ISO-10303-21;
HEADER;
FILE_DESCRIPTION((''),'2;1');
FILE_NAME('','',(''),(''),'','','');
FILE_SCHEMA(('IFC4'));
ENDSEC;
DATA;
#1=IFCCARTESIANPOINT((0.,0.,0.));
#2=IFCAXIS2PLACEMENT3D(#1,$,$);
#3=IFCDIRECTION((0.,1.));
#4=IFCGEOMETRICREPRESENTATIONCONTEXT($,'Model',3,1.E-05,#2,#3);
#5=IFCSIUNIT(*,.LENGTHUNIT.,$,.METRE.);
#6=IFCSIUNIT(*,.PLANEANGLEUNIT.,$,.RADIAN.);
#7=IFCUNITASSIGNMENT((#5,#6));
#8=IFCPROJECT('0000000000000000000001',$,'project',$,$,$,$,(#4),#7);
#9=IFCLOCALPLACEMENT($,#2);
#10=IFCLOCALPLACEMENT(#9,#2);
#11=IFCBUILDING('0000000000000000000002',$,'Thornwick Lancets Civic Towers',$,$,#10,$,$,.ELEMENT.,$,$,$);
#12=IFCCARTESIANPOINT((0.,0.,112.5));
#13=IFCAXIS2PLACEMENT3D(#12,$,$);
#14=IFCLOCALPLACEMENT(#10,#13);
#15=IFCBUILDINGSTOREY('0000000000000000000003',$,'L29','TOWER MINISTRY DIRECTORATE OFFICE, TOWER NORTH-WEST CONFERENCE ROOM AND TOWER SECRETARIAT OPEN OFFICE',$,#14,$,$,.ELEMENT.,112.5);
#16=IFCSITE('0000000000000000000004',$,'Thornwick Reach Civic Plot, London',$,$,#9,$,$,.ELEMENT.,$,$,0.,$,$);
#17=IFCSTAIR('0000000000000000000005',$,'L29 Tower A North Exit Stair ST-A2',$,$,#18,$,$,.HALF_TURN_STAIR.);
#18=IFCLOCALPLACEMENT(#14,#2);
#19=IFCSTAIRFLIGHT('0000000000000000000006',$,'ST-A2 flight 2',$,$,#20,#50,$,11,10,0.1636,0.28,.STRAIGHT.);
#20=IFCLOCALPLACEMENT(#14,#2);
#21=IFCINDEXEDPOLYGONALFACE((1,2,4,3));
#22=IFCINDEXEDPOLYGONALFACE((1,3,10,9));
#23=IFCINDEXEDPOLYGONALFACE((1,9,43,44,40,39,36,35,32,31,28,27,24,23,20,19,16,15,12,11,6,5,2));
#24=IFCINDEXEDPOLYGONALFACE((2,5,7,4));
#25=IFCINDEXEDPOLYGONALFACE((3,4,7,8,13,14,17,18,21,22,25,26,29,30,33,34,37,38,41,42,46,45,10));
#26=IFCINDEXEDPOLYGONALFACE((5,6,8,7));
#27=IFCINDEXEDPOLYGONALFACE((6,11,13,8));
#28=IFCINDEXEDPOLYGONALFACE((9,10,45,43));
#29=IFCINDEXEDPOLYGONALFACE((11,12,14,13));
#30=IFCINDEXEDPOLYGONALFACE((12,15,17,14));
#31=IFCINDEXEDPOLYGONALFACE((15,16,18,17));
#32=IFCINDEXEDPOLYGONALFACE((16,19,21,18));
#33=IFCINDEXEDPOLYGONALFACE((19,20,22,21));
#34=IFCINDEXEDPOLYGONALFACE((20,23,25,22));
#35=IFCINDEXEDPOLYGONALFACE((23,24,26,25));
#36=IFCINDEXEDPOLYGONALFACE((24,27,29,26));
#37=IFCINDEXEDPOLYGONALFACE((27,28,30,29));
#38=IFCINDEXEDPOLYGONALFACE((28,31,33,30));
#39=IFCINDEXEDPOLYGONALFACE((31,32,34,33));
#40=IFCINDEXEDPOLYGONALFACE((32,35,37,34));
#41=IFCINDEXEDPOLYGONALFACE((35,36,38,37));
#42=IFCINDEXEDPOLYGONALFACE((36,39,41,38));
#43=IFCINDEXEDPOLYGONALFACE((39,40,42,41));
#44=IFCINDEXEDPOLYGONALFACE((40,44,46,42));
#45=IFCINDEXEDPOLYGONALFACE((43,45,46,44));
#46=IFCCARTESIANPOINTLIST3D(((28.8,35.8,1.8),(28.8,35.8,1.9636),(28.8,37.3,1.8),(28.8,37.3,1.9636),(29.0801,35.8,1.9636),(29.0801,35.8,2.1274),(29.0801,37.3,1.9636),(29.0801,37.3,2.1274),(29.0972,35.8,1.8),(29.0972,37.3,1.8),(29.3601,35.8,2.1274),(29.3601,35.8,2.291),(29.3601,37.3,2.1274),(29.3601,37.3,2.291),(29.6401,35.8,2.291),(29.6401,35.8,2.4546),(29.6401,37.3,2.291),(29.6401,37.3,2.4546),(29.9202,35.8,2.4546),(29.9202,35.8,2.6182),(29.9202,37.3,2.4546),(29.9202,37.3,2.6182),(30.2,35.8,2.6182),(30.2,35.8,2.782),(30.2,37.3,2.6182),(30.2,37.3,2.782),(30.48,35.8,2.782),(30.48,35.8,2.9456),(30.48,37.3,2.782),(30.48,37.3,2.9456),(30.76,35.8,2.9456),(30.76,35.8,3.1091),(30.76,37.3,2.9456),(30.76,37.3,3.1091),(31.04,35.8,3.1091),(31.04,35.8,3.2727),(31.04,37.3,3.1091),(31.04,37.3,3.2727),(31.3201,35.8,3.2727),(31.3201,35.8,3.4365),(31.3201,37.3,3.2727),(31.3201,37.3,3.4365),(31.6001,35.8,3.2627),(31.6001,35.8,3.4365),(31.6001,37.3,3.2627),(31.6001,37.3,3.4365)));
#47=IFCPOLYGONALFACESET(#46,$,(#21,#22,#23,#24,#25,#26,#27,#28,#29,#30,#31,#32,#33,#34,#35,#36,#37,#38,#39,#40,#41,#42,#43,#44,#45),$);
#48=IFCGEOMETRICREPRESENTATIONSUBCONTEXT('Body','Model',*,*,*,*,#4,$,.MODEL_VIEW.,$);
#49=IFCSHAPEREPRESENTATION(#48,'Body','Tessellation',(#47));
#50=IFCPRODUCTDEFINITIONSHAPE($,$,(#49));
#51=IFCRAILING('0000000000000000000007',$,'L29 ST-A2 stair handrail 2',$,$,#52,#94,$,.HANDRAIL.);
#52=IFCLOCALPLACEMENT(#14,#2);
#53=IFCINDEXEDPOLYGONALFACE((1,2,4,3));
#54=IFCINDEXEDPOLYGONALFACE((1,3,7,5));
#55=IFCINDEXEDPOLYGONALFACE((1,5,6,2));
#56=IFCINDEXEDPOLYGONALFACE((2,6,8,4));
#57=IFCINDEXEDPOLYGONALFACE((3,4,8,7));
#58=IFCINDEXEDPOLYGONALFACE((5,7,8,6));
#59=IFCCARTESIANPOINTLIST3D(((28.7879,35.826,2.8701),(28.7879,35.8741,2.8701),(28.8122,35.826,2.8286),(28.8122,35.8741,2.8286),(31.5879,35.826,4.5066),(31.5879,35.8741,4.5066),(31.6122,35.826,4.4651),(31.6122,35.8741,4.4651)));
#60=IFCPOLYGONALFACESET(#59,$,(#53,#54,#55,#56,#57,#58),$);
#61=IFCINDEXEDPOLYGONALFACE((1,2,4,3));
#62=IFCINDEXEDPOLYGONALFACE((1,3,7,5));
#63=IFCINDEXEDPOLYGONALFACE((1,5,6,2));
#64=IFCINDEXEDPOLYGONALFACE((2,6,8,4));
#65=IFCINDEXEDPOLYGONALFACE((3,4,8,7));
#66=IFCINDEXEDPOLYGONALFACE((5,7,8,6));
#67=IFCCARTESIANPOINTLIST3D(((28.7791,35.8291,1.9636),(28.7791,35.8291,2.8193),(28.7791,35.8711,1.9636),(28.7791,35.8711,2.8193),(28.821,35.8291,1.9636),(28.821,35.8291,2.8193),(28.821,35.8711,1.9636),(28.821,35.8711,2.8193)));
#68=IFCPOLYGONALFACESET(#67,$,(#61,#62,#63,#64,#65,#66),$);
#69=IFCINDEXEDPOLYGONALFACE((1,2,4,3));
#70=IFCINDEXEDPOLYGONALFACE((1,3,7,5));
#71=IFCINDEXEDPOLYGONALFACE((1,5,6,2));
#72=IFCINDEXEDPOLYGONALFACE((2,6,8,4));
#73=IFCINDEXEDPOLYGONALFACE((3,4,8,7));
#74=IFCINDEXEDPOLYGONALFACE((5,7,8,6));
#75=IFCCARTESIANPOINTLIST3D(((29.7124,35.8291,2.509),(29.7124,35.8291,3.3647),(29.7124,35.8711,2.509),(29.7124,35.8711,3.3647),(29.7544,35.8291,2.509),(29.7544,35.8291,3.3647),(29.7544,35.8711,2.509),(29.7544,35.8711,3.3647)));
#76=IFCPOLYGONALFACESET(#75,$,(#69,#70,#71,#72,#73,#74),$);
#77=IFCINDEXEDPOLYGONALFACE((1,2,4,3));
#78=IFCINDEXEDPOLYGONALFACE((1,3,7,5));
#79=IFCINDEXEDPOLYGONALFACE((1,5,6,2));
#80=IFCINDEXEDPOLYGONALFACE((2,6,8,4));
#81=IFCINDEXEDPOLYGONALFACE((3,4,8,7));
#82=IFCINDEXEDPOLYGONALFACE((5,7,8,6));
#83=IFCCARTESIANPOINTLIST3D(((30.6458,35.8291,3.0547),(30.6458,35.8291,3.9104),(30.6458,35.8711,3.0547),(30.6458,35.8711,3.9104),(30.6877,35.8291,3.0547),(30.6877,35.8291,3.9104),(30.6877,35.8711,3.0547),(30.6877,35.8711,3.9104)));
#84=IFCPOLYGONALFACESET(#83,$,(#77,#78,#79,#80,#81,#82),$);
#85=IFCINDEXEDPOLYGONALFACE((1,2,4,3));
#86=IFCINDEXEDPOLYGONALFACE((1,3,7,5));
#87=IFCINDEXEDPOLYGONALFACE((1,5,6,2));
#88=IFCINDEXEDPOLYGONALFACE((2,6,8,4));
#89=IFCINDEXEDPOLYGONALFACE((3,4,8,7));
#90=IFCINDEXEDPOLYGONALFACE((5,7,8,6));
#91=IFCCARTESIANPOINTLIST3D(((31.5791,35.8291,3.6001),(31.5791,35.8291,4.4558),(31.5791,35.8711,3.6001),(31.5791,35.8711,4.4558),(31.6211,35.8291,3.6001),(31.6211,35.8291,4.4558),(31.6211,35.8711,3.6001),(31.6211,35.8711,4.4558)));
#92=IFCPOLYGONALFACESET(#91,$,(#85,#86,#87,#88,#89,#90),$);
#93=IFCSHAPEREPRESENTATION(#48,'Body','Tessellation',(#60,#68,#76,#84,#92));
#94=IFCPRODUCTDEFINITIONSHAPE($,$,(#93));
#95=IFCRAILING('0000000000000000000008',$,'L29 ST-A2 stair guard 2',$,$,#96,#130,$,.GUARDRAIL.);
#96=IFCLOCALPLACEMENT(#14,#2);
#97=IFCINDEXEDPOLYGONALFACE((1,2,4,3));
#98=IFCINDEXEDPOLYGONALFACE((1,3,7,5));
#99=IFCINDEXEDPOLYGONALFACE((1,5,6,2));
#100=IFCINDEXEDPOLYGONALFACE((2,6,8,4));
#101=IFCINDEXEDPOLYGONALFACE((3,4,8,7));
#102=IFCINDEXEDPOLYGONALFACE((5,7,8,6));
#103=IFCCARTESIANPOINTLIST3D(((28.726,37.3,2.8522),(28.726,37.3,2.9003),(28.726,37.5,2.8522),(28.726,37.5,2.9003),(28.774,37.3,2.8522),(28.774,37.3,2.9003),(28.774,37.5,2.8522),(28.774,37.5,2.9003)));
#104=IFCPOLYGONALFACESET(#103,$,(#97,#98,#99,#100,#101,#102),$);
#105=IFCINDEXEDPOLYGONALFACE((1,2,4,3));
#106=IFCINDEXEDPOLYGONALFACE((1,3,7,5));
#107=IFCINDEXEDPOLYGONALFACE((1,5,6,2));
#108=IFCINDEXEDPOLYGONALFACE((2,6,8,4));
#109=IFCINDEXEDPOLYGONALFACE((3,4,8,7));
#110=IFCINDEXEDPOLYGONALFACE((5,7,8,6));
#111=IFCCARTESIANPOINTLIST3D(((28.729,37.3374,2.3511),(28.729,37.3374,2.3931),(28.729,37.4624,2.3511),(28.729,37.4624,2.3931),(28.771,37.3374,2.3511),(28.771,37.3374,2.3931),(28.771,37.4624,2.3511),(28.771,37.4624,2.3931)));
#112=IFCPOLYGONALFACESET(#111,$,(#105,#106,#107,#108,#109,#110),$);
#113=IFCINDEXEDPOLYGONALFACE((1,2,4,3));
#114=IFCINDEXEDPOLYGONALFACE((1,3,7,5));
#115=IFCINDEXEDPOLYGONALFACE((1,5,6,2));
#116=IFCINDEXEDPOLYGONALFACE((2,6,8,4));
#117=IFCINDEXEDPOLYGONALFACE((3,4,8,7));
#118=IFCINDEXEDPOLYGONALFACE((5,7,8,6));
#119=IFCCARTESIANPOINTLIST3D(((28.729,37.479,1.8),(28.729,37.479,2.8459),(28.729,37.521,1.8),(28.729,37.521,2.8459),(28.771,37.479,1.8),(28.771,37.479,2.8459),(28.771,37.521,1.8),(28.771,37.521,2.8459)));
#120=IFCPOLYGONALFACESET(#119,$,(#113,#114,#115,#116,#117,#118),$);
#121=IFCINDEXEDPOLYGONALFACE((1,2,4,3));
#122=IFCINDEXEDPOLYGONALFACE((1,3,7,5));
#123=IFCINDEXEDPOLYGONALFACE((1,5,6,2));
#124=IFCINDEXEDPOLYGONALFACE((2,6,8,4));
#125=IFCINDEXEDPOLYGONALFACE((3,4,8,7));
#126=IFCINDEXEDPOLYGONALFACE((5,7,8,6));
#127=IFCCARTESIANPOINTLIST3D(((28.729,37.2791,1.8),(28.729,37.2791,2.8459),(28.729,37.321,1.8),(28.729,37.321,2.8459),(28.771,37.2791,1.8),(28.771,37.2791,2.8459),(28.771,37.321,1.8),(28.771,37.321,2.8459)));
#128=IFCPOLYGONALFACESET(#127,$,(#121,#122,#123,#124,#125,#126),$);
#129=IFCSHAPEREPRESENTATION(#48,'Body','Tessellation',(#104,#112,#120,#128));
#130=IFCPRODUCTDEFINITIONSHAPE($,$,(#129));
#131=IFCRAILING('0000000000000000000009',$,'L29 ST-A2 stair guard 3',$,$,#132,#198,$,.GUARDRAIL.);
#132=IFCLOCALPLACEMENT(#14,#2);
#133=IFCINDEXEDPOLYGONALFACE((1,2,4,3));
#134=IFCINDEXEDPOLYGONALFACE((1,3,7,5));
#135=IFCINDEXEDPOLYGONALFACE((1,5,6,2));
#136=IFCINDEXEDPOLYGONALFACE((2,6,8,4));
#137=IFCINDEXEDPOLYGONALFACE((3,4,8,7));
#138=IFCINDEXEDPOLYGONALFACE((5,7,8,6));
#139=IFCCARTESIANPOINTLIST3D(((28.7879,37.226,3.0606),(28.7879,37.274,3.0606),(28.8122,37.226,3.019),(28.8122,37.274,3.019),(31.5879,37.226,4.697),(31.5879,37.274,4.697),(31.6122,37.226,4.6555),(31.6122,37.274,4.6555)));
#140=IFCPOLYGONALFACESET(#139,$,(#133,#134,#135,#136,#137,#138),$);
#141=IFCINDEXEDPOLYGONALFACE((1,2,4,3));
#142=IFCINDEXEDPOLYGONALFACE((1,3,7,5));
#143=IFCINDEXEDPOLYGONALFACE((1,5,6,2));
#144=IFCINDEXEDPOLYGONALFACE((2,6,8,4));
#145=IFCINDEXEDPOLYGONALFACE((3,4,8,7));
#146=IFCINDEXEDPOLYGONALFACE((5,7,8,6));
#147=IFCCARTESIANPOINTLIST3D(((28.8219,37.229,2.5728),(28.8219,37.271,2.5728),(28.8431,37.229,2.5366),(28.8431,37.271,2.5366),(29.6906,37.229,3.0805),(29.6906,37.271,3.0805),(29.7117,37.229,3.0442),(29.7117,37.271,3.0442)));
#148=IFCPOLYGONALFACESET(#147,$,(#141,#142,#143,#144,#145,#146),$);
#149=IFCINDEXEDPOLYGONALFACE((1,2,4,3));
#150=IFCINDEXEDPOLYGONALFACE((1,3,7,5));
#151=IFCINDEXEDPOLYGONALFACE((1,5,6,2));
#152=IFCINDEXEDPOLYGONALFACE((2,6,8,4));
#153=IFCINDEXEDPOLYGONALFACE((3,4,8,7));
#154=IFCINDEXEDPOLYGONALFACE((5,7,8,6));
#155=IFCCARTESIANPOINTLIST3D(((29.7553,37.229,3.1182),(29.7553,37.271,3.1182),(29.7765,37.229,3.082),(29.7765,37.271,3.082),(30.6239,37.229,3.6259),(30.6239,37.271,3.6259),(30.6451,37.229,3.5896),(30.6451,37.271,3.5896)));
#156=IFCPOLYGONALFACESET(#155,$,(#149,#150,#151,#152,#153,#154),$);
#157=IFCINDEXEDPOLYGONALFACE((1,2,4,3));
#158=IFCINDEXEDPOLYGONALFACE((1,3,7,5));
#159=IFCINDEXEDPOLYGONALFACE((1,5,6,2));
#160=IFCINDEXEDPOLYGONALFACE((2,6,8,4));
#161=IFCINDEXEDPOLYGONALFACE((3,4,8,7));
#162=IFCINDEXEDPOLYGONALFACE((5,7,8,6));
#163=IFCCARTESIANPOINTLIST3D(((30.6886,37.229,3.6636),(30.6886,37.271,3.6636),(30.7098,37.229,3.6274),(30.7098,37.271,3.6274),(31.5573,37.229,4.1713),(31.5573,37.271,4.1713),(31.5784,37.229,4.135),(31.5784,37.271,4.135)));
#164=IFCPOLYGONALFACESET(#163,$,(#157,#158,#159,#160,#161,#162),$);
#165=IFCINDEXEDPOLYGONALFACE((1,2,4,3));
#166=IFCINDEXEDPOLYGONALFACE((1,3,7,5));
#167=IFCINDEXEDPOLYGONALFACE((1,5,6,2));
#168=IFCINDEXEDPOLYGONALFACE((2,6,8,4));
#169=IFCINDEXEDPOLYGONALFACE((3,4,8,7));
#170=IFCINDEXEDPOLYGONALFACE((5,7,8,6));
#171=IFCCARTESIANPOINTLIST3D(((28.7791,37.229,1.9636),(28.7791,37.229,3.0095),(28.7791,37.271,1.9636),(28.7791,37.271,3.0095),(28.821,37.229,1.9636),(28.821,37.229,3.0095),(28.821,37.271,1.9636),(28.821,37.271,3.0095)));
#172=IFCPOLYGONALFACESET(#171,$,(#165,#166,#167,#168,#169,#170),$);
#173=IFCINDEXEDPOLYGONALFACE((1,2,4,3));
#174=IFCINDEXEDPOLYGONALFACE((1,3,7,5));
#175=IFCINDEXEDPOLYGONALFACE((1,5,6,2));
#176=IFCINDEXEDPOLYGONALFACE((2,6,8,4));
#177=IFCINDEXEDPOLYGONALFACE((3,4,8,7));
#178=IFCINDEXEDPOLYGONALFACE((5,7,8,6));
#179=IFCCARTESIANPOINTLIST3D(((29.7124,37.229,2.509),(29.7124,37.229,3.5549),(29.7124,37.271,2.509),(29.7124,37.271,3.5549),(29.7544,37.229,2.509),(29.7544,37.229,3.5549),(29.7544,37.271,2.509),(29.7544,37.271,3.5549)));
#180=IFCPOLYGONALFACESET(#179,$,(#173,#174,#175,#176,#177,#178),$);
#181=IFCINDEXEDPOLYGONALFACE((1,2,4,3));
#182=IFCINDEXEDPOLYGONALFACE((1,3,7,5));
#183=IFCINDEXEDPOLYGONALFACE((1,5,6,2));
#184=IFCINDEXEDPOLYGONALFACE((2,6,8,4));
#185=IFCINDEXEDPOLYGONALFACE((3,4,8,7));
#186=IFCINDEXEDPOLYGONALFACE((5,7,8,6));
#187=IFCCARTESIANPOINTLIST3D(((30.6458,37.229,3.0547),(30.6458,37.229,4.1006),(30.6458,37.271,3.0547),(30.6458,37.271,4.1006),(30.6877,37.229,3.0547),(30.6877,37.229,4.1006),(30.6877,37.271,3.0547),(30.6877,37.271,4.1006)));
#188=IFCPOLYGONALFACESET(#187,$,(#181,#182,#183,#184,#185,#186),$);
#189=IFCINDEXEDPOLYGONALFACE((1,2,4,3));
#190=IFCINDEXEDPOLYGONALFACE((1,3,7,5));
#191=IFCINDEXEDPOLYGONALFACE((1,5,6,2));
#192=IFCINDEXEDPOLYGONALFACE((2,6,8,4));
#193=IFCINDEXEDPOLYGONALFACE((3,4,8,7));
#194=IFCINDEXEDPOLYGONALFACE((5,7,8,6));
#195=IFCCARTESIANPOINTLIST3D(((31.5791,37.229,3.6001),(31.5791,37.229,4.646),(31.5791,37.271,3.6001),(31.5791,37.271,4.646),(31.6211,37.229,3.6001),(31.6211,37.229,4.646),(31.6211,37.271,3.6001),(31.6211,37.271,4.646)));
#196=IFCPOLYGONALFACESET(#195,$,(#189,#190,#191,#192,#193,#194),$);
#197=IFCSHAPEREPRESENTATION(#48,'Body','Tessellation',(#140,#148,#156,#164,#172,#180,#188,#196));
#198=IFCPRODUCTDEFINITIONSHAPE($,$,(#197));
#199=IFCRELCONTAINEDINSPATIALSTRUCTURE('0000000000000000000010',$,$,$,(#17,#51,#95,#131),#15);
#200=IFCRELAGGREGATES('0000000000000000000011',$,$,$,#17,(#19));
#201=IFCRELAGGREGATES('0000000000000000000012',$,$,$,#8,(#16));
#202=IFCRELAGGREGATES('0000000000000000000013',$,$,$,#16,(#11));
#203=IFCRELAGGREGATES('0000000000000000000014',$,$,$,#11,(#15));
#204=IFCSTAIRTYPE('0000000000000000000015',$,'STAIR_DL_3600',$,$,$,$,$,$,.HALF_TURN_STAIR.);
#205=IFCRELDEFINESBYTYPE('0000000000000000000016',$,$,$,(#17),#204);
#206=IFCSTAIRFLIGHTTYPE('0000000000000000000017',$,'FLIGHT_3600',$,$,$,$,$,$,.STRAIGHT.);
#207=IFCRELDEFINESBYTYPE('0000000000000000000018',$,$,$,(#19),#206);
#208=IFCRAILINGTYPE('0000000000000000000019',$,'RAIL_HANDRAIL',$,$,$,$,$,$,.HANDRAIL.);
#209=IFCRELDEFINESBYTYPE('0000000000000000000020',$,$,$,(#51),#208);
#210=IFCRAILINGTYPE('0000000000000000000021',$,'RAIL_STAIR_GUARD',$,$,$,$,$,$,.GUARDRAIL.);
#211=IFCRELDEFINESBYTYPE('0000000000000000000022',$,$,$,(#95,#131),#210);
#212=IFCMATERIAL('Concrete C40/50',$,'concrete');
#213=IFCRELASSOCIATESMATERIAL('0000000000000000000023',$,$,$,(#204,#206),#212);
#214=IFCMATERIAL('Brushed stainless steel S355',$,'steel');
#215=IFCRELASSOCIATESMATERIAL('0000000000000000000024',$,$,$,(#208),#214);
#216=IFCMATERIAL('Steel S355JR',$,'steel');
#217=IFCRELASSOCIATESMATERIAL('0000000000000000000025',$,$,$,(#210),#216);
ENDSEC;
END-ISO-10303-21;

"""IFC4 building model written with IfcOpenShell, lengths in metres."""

from ifc_helpers import new_model, si_unit, direction, frame, origin, origin_2d, place, context, subcontext, project, spatial, polyline, rectangle, outline, extrude, material, type_object, element, aggregate, save


model = new_model("IFC4")

# Units and contexts
model_context = context("Model", 3, precision=1e-05, world=origin(), true_north=direction((0.0, 1.0)))
body_context = subcontext(model_context, "Body", "Model", "MODEL_VIEW")
ifc_project = project(units=[si_unit("LENGTHUNIT", "METRE"), si_unit("PLANEANGLEUNIT", "RADIAN")], contexts=[model_context])

# Site, building, storey
site_placement = place(None, origin())
site = spatial("IfcSite", under=ifc_project, at=site_placement, Name="Thornwick Reach Civic Plot, London", CompositionType="ELEMENT", RefElevation=0.0)
building_placement = place(site_placement, origin())
building = spatial("IfcBuilding", under=site, at=building_placement, Name="Thornwick Lancets Civic Towers", CompositionType="ELEMENT")
storey_placement = place(building_placement, frame((0.0, 0.0, 112.5)))
storey = spatial("IfcBuildingStorey", under=building, at=storey_placement, Name="L29", Description="TOWER MINISTRY DIRECTORATE OFFICE, TOWER NORTH-WEST CONFERENCE ROOM AND TOWER SECRETARIAT OPEN OFFICE", CompositionType="ELEMENT", Elevation=112.5)

# Shared definitions
ifc_material_1 = material(Name="Concrete C40/50", Category="concrete")

# Stair, stair flight
stair_type = type_object("IfcStairType", Name="STAIR_DL_3600", PredefinedType="HALF_TURN_STAIR", material=ifc_material_1)
stair_placement = place(storey_placement, origin())
stair = element("IfcStair", 1, at=stair_placement, inside=storey, type_object=stair_type, Name="L29 Tower A North Exit Stair ST-A2", PredefinedType="HALF_TURN_STAIR")
stair_flight_type = type_object("IfcStairFlightType", Name="FLIGHT_3600", PredefinedType="STRAIGHT", material=ifc_material_1)
stair_flight_placement = place(storey_placement, frame((28.8, 36.55, 1.8), z_axis=(0.0, 0.0, 1.0), x_axis=(1.0, 0.0, 0.0)))
stair_flight = element("IfcStairFlight", 2, at=stair_flight_placement, type_object=stair_flight_type, Name="ST-A2 flight 2", NumberOfRisers=11, NumberOfTreads=10, PredefinedType="STRAIGHT", RiserHeight=0.1636, TreadLength=0.28, context=body_context, shape_type="SweptSolid", body=[
    extrude(outline(polyline([(0.0, 0.0), (0.0, 0.1636), (0.28, 0.1636), (0.28, 0.3274), (0.5601, 0.3274), (0.5601, 0.491), (0.8401, 0.491), (0.8401, 0.6545), (1.1201, 0.6545), (1.1201, 0.8181), (1.3999, 0.8181), (1.3999, 0.9819), (1.6799, 0.9819), (1.6799, 1.1455), (1.96, 1.1455), (1.96, 1.3091), (2.24, 1.3091), (2.24, 1.4727), (2.52, 1.4727), (2.52, 1.6365), (2.8, 1.6365), (2.8, 1.8), (2.8, 1.4626), (0.2971, 0.0), (0.0, 0.0)])), frame((0.0, 0.75, 0.0), z_axis=(0.0, -1.0, 0.0), x_axis=(1.0, 0.0, 0.0)), (0.0, 0.0, 1.0), 1.5),
])
aggregate(stair, [stair_flight])

# Railings
ifc_material_2 = material(Name="Brushed stainless steel S355", Category="steel")
railing_type_1 = type_object("IfcRailingType", Name="RAIL_HANDRAIL", PredefinedType="HANDRAIL", material=ifc_material_2)
railing_1_placement = place(storey_placement, frame((28.8, 35.8501, 1.9636)))
element("IfcRailing", 3, at=railing_1_placement, inside=storey, type_object=railing_type_1, Name="L29 ST-A2 stair handrail 2", PredefinedType="HANDRAIL", context=body_context, shape_type="SweptSolid", body=[
    extrude(rectangle(XDim=0.0481, YDim=0.0481, at=origin_2d()), frame((0.0, 0.0, 0.8857), z_axis=(0.863361, 0.0, 0.504587), x_axis=(0.0, 1.0, 0.0)), (0.0, 0.0, 1.0), 3.2432),
    extrude(rectangle(XDim=0.042, YDim=0.042, at=origin_2d()), origin(), (0.0, 0.0, 1.0), 0.8557),
    extrude(rectangle(XDim=0.042, YDim=0.042, at=origin_2d()), frame((0.9333, 0.0, 0.5454)), (0.0, 0.0, 1.0), 0.8557),
    extrude(rectangle(XDim=0.042, YDim=0.042, at=origin_2d()), frame((1.8667, 0.0, 1.0911)), (0.0, 0.0, 1.0), 0.8557),
    extrude(rectangle(XDim=0.042, YDim=0.042, at=origin_2d()), frame((2.8, 0.0, 1.6365)), (0.0, 0.0, 1.0), 0.8557),
])
ifc_material_3 = material(Name="Steel S355JR", Category="steel")
railing_type_2 = type_object("IfcRailingType", Name="RAIL_STAIR_GUARD", PredefinedType="GUARDRAIL", material=ifc_material_3)
railing_2_placement = place(storey_placement, frame((28.75, 37.5, 1.8)))
element("IfcRailing", 4, at=railing_2_placement, inside=storey, type_object=railing_type_2, Name="L29 ST-A2 stair guard 2", PredefinedType="GUARDRAIL", context=body_context, shape_type="SweptSolid", body=[
    extrude(rectangle(XDim=0.0481, YDim=0.0481, at=origin_2d()), frame((0.0, 0.0, 1.0762), z_axis=(0.0, -1.0, 0.0), x_axis=(1.0, 0.0, 0.0)), (0.0, 0.0, 1.0), 0.2),
    extrude(rectangle(XDim=0.042, YDim=0.042, at=origin_2d()), frame((0.0, -0.0376, 0.572), z_axis=(0.0, -1.0, 0.0), x_axis=(1.0, 0.0, 0.0)), (0.0, 0.0, 1.0), 0.125),
    extrude(rectangle(XDim=0.042, YDim=0.042, at=origin_2d()), origin(), (0.0, 0.0, 1.0), 1.0459),
    extrude(rectangle(XDim=0.042, YDim=0.042, at=origin_2d()), frame((0.0, -0.2, 0.0)), (0.0, 0.0, 1.0), 1.0459),
])
railing_3_placement = place(storey_placement, frame((28.8, 37.25, 1.9636)))
element("IfcRailing", 5, at=railing_3_placement, inside=storey, type_object=railing_type_2, Name="L29 ST-A2 stair guard 3", PredefinedType="GUARDRAIL", context=body_context, shape_type="SweptSolid", body=[
    extrude(rectangle(XDim=0.0481, YDim=0.0481, at=origin_2d()), frame((0.0, 0.0, 1.0762), z_axis=(0.863361, 0.0, 0.504587), x_axis=(0.0, 1.0, 0.0)), (0.0, 0.0, 1.0), 3.2432),
    extrude(rectangle(XDim=0.042, YDim=0.042, at=origin_2d()), frame((0.0325, 0.0, 0.5911), z_axis=(0.863361, 0.0, 0.504587), x_axis=(0.0, 1.0, 0.0)), (0.0, 0.0, 1.0), 1.0061),
    extrude(rectangle(XDim=0.042, YDim=0.042, at=origin_2d()), frame((0.9658, 0.0, 1.1365), z_axis=(0.863361, 0.0, 0.504587), x_axis=(0.0, 1.0, 0.0)), (0.0, 0.0, 1.0), 1.0061),
    extrude(rectangle(XDim=0.042, YDim=0.042, at=origin_2d()), frame((1.8992, 0.0, 1.6819), z_axis=(0.863361, 0.0, 0.504587), x_axis=(0.0, 1.0, 0.0)), (0.0, 0.0, 1.0), 1.0061),
    extrude(rectangle(XDim=0.042, YDim=0.042, at=origin_2d()), origin(), (0.0, 0.0, 1.0), 1.0459),
    extrude(rectangle(XDim=0.042, YDim=0.042, at=origin_2d()), frame((0.9333, 0.0, 0.5454)), (0.0, 0.0, 1.0), 1.0459),
    extrude(rectangle(XDim=0.042, YDim=0.042, at=origin_2d()), frame((1.8667, 0.0, 1.0911)), (0.0, 0.0, 1.0), 1.0459),
    extrude(rectangle(XDim=0.042, YDim=0.042, at=origin_2d()), frame((2.8, 0.0, 1.6365)), (0.0, 0.0, 1.0), 1.0459),
])

save(model, "model.ifc")
